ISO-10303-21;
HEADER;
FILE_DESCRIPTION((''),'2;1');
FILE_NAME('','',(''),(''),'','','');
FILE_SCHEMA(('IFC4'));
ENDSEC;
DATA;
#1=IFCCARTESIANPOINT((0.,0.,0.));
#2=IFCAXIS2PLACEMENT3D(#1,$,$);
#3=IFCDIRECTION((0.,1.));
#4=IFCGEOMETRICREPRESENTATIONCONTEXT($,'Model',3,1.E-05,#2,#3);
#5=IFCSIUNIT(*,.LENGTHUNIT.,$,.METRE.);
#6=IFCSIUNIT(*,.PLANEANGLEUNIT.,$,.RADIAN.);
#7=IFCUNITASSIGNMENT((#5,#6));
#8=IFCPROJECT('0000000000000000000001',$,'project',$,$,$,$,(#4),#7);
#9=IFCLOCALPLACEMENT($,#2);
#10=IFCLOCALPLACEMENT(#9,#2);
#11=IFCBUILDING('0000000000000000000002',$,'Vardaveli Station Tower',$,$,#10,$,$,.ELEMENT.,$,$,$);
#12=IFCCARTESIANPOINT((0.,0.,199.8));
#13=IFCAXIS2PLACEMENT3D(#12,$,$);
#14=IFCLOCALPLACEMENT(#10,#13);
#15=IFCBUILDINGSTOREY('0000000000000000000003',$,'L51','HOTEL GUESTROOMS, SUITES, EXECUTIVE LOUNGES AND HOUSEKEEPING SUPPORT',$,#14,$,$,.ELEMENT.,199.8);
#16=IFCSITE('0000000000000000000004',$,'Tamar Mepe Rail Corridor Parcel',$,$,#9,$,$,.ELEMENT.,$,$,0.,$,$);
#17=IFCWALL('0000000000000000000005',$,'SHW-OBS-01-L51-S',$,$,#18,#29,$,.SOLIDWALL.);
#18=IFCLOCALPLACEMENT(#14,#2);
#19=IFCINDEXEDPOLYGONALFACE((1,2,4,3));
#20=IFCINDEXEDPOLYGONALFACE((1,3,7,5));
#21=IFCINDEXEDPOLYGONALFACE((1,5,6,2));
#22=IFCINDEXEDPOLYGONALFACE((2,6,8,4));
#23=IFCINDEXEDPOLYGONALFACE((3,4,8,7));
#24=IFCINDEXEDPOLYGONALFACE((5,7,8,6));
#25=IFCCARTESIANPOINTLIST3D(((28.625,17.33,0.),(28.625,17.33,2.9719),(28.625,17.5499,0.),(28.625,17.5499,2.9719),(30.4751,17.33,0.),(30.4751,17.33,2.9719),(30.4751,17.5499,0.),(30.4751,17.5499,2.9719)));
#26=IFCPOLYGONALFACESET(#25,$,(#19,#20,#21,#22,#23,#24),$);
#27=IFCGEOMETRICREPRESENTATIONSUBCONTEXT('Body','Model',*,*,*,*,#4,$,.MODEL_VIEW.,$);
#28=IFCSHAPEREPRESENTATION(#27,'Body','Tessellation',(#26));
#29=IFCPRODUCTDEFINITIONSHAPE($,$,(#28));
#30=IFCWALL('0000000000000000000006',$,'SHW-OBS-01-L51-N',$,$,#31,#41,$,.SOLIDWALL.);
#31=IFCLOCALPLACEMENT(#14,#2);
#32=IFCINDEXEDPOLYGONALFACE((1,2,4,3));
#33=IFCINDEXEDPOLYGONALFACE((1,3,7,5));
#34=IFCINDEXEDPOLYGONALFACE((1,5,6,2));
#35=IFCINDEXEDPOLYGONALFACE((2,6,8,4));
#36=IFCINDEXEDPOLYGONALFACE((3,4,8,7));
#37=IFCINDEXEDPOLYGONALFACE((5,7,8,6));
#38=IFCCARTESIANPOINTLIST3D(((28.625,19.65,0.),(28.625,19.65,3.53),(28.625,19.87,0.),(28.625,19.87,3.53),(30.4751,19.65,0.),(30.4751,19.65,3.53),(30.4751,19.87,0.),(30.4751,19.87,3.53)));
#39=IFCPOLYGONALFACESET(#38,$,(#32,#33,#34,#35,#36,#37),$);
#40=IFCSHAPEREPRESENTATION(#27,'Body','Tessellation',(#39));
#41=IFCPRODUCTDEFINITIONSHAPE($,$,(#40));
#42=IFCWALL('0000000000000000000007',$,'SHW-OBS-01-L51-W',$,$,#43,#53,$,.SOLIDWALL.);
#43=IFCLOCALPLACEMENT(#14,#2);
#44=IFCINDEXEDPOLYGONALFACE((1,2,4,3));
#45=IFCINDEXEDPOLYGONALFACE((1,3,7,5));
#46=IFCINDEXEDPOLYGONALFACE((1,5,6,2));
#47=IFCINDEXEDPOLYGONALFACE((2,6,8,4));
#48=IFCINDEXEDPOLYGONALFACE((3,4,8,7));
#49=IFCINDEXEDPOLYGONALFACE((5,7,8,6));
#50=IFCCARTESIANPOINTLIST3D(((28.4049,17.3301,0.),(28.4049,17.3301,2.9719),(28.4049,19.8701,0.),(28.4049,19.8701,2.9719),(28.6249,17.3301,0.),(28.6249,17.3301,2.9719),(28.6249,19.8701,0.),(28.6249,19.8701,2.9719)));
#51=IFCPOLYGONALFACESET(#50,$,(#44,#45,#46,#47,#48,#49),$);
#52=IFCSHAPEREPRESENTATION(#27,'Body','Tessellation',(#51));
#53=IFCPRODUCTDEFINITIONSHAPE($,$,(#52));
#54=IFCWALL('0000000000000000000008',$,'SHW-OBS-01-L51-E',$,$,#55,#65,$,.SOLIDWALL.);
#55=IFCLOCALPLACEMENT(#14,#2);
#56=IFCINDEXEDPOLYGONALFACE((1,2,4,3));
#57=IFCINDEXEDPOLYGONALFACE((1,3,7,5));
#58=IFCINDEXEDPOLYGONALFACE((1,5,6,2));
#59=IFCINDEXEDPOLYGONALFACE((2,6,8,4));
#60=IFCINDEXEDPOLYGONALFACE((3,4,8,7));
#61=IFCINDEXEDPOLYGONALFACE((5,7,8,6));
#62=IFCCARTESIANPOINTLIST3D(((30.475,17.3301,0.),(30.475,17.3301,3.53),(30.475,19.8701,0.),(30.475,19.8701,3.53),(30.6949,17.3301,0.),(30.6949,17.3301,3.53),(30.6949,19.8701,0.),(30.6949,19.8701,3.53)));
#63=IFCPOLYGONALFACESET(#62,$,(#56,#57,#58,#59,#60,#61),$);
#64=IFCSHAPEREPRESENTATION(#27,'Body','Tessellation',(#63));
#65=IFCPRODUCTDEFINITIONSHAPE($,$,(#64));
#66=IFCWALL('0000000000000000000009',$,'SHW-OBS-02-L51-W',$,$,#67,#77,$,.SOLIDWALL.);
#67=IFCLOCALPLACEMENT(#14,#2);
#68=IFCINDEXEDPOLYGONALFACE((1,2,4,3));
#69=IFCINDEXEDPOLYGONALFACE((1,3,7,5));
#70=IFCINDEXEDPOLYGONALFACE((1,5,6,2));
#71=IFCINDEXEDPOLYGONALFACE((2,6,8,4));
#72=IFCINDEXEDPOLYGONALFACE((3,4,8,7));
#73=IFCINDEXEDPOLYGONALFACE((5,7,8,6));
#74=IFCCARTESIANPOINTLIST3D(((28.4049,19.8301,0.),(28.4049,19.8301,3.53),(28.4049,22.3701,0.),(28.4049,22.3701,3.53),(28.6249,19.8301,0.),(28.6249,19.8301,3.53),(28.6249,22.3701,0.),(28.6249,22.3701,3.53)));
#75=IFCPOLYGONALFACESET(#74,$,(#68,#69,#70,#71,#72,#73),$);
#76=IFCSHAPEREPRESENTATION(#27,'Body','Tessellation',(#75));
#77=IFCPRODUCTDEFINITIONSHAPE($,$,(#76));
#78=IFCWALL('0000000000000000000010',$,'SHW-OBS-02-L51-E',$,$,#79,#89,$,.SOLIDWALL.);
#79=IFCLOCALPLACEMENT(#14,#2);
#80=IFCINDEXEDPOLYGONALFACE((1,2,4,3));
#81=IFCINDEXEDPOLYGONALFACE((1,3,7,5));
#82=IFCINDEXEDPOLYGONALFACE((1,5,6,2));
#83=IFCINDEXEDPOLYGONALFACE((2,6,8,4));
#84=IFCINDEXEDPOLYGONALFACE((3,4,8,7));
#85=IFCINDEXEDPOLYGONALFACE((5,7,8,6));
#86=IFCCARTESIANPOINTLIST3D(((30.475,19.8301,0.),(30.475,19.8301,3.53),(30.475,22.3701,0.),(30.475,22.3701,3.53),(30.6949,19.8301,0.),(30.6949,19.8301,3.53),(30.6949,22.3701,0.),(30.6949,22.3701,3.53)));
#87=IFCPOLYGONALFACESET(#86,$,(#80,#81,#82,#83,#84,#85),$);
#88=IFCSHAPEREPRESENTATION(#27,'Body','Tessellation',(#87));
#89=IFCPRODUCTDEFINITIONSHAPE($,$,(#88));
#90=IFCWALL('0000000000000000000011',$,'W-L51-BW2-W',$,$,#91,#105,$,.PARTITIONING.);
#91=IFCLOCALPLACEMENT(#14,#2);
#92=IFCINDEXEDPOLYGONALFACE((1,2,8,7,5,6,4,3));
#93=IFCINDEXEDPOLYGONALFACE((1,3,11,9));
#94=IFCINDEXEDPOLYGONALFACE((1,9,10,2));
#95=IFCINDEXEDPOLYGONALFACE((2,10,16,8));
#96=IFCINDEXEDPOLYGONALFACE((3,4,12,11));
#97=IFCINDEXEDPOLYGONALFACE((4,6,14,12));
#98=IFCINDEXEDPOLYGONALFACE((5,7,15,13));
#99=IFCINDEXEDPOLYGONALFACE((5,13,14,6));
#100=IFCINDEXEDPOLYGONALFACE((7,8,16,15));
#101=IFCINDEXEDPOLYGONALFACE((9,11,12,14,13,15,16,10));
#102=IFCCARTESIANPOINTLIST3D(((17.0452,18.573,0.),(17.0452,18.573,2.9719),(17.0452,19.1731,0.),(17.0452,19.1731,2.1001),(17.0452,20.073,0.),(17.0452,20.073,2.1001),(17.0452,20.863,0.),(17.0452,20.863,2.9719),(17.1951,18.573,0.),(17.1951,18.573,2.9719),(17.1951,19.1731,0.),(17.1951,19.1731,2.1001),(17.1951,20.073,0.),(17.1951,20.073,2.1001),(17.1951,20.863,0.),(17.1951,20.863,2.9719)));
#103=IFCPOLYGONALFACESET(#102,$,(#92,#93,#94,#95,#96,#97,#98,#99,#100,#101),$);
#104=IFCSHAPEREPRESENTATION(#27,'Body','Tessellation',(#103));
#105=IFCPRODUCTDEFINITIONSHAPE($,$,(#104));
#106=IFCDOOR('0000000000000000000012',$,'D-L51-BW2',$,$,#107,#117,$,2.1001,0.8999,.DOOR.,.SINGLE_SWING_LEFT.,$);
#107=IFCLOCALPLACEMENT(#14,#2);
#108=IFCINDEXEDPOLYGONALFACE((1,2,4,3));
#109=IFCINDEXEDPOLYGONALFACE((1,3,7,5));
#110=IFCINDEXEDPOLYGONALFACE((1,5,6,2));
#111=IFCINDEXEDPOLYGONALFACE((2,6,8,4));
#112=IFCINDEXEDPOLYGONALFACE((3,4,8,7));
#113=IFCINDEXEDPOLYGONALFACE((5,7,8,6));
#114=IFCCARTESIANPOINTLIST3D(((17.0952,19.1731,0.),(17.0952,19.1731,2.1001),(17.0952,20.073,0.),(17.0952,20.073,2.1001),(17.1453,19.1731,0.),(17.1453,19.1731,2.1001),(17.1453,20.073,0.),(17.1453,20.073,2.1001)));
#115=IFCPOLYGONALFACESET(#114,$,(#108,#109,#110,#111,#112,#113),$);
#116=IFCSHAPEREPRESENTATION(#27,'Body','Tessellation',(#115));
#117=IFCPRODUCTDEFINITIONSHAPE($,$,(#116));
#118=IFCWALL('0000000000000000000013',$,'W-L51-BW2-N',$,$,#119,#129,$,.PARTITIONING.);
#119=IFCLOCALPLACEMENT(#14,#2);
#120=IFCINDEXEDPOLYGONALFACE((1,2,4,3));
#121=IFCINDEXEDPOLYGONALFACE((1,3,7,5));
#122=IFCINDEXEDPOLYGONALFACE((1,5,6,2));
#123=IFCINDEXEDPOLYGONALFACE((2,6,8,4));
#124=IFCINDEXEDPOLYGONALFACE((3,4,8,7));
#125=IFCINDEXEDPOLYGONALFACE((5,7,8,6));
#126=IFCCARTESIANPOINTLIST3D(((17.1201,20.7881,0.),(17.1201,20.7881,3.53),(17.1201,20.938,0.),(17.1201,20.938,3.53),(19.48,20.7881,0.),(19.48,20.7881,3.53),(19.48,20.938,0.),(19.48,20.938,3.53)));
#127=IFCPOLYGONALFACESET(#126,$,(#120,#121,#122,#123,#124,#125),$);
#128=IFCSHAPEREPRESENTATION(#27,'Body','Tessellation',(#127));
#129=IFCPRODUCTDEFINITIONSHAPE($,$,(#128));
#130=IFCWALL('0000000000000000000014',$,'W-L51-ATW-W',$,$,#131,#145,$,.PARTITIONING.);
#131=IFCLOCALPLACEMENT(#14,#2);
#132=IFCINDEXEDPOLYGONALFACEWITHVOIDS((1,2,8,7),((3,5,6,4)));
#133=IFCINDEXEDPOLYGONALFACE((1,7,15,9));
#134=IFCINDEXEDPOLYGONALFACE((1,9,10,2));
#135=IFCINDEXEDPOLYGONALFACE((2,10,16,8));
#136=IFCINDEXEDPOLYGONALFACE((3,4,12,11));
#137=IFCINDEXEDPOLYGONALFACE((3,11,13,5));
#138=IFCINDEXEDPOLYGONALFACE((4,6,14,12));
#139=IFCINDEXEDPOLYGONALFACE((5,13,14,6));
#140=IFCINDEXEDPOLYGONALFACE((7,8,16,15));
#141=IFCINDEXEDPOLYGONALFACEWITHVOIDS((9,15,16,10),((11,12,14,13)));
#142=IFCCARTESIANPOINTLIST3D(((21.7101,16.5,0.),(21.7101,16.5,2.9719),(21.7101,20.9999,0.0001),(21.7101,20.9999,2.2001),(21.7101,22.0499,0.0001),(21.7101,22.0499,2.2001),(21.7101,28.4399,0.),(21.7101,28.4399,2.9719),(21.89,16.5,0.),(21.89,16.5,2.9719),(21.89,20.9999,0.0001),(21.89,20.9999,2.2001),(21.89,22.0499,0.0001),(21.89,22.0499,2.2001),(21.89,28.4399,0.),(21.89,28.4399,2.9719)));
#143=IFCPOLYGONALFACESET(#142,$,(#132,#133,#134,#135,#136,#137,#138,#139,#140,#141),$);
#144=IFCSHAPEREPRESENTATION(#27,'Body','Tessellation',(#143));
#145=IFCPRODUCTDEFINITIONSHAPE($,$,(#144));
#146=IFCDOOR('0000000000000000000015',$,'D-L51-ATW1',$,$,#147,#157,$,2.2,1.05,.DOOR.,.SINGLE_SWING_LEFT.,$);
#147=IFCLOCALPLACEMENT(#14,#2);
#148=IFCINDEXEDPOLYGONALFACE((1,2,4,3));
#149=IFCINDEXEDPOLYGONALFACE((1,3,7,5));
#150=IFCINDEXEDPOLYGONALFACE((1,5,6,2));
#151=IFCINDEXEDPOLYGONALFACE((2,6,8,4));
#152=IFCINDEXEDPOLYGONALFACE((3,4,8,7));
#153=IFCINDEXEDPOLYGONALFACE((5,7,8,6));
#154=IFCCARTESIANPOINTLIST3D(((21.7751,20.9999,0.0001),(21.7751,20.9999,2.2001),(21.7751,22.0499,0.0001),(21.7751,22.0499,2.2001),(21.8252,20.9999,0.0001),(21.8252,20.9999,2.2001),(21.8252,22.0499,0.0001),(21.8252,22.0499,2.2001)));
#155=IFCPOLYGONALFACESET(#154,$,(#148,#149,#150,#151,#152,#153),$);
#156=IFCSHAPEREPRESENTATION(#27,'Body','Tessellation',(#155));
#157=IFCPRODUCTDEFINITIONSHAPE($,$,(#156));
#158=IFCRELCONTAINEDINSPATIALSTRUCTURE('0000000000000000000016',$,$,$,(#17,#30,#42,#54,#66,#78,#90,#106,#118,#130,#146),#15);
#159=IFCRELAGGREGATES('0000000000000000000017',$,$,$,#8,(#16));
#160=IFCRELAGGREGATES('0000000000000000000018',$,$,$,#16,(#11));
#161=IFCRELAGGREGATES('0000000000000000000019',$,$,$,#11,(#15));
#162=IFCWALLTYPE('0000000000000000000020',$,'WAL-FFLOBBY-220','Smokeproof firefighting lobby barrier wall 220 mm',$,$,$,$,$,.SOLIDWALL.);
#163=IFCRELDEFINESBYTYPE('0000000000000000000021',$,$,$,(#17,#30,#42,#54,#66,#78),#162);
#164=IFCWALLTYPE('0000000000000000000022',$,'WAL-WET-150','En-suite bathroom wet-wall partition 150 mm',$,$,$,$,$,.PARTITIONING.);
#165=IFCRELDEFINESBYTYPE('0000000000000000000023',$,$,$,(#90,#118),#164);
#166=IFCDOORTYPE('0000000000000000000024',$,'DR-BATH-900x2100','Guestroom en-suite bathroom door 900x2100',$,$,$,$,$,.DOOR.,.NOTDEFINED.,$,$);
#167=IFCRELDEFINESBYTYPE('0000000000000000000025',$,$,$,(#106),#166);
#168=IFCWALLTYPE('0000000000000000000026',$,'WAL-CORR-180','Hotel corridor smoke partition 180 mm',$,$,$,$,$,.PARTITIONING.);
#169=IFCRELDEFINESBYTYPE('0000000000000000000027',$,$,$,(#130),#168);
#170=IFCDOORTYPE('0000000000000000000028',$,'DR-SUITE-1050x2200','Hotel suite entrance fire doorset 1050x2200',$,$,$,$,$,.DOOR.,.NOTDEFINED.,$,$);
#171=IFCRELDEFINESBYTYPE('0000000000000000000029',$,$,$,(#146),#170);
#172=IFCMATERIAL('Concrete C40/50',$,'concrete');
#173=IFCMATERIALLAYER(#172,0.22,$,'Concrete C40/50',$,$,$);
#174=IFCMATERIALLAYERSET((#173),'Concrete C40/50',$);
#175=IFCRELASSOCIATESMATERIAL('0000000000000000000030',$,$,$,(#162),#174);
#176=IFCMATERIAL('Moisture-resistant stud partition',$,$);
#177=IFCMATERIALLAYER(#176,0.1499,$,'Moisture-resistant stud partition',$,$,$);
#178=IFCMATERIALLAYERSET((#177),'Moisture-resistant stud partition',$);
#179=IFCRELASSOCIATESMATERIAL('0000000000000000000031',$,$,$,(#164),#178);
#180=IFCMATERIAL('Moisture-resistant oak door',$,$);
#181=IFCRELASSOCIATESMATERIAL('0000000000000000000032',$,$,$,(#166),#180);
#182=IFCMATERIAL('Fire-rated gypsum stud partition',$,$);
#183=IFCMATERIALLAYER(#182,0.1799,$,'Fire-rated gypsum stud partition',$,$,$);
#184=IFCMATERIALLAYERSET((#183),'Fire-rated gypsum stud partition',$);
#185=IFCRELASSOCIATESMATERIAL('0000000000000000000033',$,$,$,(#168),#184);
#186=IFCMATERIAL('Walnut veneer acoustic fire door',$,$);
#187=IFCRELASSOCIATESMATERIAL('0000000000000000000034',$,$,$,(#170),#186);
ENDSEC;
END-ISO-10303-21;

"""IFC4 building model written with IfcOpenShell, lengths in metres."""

from ifc_helpers import new_model, si_unit, direction, frame, frame_2d, origin, place, context, subcontext, project, spatial, rectangle, extrude, source, transform, mapped, material, layer, layer_set, type_object, element, fill, save


model = new_model("IFC4")

# Units and contexts
model_context = context("Model", 3, precision=1e-05, world=origin(), true_north=direction((0.0, 1.0)))
body_context = subcontext(model_context, "Body", "Model", "MODEL_VIEW")
ifc_project = project(units=[si_unit("LENGTHUNIT", "METRE"), si_unit("PLANEANGLEUNIT", "RADIAN")], contexts=[model_context])

# Site, building, storey
site_placement = place(None, origin())
site = spatial("IfcSite", under=ifc_project, at=site_placement, Name="Tamar Mepe Rail Corridor Parcel", CompositionType="ELEMENT", RefElevation=0.0)
building_placement = place(site_placement, origin())
building = spatial("IfcBuilding", under=site, at=building_placement, Name="Vardaveli Station Tower", CompositionType="ELEMENT")
storey_placement = place(building_placement, frame((0.0, 0.0, 199.8)))
storey = spatial("IfcBuildingStorey", under=building, at=storey_placement, Name="L51", Description="HOTEL GUESTROOMS, SUITES, EXECUTIVE LOUNGES AND HOUSEKEEPING SUPPORT", CompositionType="ELEMENT", Elevation=199.8)

# Walls
ifc_material_1 = material(Name="Concrete C40/50", Category="concrete")
ifc_layer_1 = layer(ifc_material_1, 0.22, Name="Concrete C40/50")
ifc_layer_set_1 = layer_set([ifc_layer_1], Name="Concrete C40/50")
wall_type_1 = type_object("IfcWallType", Name="WAL-FFLOBBY-220", Description="Smokeproof firefighting lobby barrier wall 220 mm", PredefinedType="SOLIDWALL", material=ifc_layer_set_1)
shared_shape_1 = source(origin(), body_context, "Body", "SweptSolid", [
    extrude(rectangle(XDim=1.8501, YDim=0.22, at=frame_2d((0.925, 0.0))), origin(), (0.0, 0.0, 1.0), 2.9719),
])
wall_1_placement = place(storey_placement, frame((28.625, 17.4399, 0.0), z_axis=(0.0, 0.0, 1.0), x_axis=(1.0, 0.0, 0.0)))
element("IfcWall", 1, at=wall_1_placement, inside=storey, type_object=wall_type_1, Name="SHW-OBS-01-L51-S", PredefinedType="SOLIDWALL", context=body_context, shape_type="MappedRepresentation", body=[
    mapped(shared_shape_1, transform((0.0, 0.0, 0.0), scale=1.0)),
])
shared_shape_2 = source(origin(), body_context, "Body", "SweptSolid", [
    extrude(rectangle(XDim=1.8501, YDim=0.22, at=frame_2d((0.925, 0.0))), origin(), (0.0, 0.0, 1.0), 3.53),
])
wall_2_placement = place(storey_placement, frame((28.625, 19.76, 0.0), z_axis=(0.0, 0.0, 1.0), x_axis=(1.0, 0.0, 0.0)))
element("IfcWall", 2, at=wall_2_placement, inside=storey, type_object=wall_type_1, Name="SHW-OBS-01-L51-N", PredefinedType="SOLIDWALL", context=body_context, shape_type="MappedRepresentation", body=[
    mapped(shared_shape_2, transform((0.0, 0.0, 0.0), scale=1.0)),
])
shared_shape_3 = source(origin(), body_context, "Body", "SweptSolid", [
    extrude(rectangle(XDim=2.54, YDim=0.22, at=frame_2d((1.27, 0.0))), origin(), (0.0, 0.0, 1.0), 2.9719),
])
wall_3_placement = place(storey_placement, frame((28.5149, 17.3301, 0.0), z_axis=(0.0, 0.0, 1.0), x_axis=(0.0, 1.0, 0.0)))
element("IfcWall", 3, at=wall_3_placement, inside=storey, type_object=wall_type_1, Name="SHW-OBS-01-L51-W", PredefinedType="SOLIDWALL", context=body_context, shape_type="MappedRepresentation", body=[
    mapped(shared_shape_3, transform((0.0, 0.0, 0.0), scale=1.0)),
])
shared_shape_4 = source(origin(), body_context, "Body", "SweptSolid", [
    extrude(rectangle(XDim=2.54, YDim=0.22, at=frame_2d((1.27, 0.0))), origin(), (0.0, 0.0, 1.0), 3.53),
])
for number, where, z_axis, x_axis, name in (
    (4, (30.585, 17.3301, 0.0), (0.0, 0.0, 1.0), (0.0, 1.0, 0.0), "SHW-OBS-01-L51-E"),
    (5, (28.5149, 19.8301, 0.0), (0.0, 0.0, 1.0), (0.0, 1.0, 0.0), "SHW-OBS-02-L51-W"),
    (6, (30.585, 19.8301, 0.0), (0.0, 0.0, 1.0), (0.0, 1.0, 0.0), "SHW-OBS-02-L51-E"),
):
    element("IfcWall", number, at=place(storey_placement, frame(where, z_axis=z_axis, x_axis=x_axis)), inside=storey, type_object=wall_type_1, Name=name, PredefinedType="SOLIDWALL", context=body_context, shape_type="MappedRepresentation", body=[
        mapped(shared_shape_4, transform((0.0, 0.0, 0.0), scale=1.0)),
    ])

# Wall, opening, door
ifc_material_2 = material(Name="Moisture-resistant stud partition")
ifc_layer_2 = layer(ifc_material_2, 0.1499, Name="Moisture-resistant stud partition")
ifc_layer_set_2 = layer_set([ifc_layer_2], Name="Moisture-resistant stud partition")
wall_type_2 = type_object("IfcWallType", Name="WAL-WET-150", Description="En-suite bathroom wet-wall partition 150 mm", PredefinedType="PARTITIONING", material=ifc_layer_set_2)
shared_shape_5 = source(origin(), body_context, "Body", "SweptSolid", [
    extrude(rectangle(XDim=2.29, YDim=0.1499, at=frame_2d((1.145, 0.0))), origin(), (0.0, 0.0, 1.0), 2.9719),
])
wall_4_placement = place(storey_placement, frame((17.1201, 18.573, 0.0), z_axis=(0.0, 0.0, 1.0), x_axis=(0.0, 1.0, 0.0)))
wall_4 = element("IfcWall", 7, at=wall_4_placement, inside=storey, type_object=wall_type_2, Name="W-L51-BW2-W", PredefinedType="PARTITIONING", context=body_context, shape_type="MappedRepresentation", body=[
    mapped(shared_shape_5, transform((0.0, 0.0, 0.0), scale=1.0)),
])
shared_shape_6 = source(origin(), body_context, "Body", "SweptSolid", [
    extrude(rectangle(XDim=0.8999, YDim=2.1001, at=frame_2d((0.45, 1.05))), frame((0.0, 0.085, 0.0), z_axis=(0.0, -1.0, 0.0), x_axis=(1.0, 0.0, 0.0)), (0.0, 0.0, 1.0), 0.1699),
])
opening_1_placement = place(wall_4_placement, frame((0.6001, 0.0, 0.0)))
opening_1 = element("IfcOpeningElement", 8, at=opening_1_placement, cuts=wall_4, PredefinedType="OPENING", context=body_context, shape_type="MappedRepresentation", body=[
    mapped(shared_shape_6, transform((0.0, 0.0, 0.0), scale=1.0)),
])
ifc_material_3 = material(Name="Moisture-resistant oak door")
door_type_1 = type_object("IfcDoorType", Name="DR-BATH-900x2100", Description="Guestroom en-suite bathroom door 900x2100", OperationType="NOTDEFINED", PredefinedType="DOOR", material=ifc_material_3)
shared_shape_7 = source(origin(), body_context, "Body", "SweptSolid", [
    extrude(rectangle(XDim=0.8999, YDim=2.1001, at=frame_2d((0.45, 1.05))), frame((0.0, 0.0249, 0.0), z_axis=(0.0, -1.0, 0.0), x_axis=(1.0, 0.0, 0.0)), (0.0, 0.0, 1.0), 0.05),
])
door_1_placement = place(opening_1_placement, origin())
door_1 = element("IfcDoor", 9, at=door_1_placement, inside=storey, type_object=door_type_1, Name="D-L51-BW2", OperationType="SINGLE_SWING_LEFT", OverallHeight=2.1001, OverallWidth=0.8999, PredefinedType="DOOR", context=body_context, shape_type="MappedRepresentation", body=[
    mapped(shared_shape_7, transform((0.0, 0.0, 0.0), scale=1.0)),
])
fill(opening_1, door_1)

# Wall
shared_shape_8 = source(origin(), body_context, "Body", "SweptSolid", [
    extrude(rectangle(XDim=2.3599, YDim=0.1499, at=frame_2d((1.1799, 0.0))), origin(), (0.0, 0.0, 1.0), 3.53),
])
wall_5_placement = place(storey_placement, frame((17.1201, 20.863, 0.0), z_axis=(0.0, 0.0, 1.0), x_axis=(1.0, 0.0, 0.0)))
element("IfcWall", 10, at=wall_5_placement, inside=storey, type_object=wall_type_2, Name="W-L51-BW2-N", PredefinedType="PARTITIONING", context=body_context, shape_type="MappedRepresentation", body=[
    mapped(shared_shape_8, transform((0.0, 0.0, 0.0), scale=1.0)),
])

# Wall, opening, door
ifc_material_4 = material(Name="Fire-rated gypsum stud partition")
ifc_layer_3 = layer(ifc_material_4, 0.1799, Name="Fire-rated gypsum stud partition")
ifc_layer_set_3 = layer_set([ifc_layer_3], Name="Fire-rated gypsum stud partition")
wall_type_3 = type_object("IfcWallType", Name="WAL-CORR-180", Description="Hotel corridor smoke partition 180 mm", PredefinedType="PARTITIONING", material=ifc_layer_set_3)
shared_shape_9 = source(origin(), body_context, "Body", "SweptSolid", [
    extrude(rectangle(XDim=11.9399, YDim=0.1799, at=frame_2d((5.97, 0.0))), origin(), (0.0, 0.0, 1.0), 2.9719),
])
wall_6_placement = place(storey_placement, frame((21.8, 16.5, 0.0), z_axis=(0.0, 0.0, 1.0), x_axis=(0.0, 1.0, 0.0)))
wall_6 = element("IfcWall", 11, at=wall_6_placement, inside=storey, type_object=wall_type_3, Name="W-L51-ATW-W", PredefinedType="PARTITIONING", context=body_context, shape_type="MappedRepresentation", body=[
    mapped(shared_shape_9, transform((0.0, 0.0, 0.0), scale=1.0)),
])
shared_shape_10 = source(origin(), body_context, "Body", "SweptSolid", [
    extrude(rectangle(XDim=1.05, YDim=2.2, at=frame_2d((0.5249, 1.1001))), frame((0.0, 0.1001, 0.0), z_axis=(0.0, -1.0, 0.0), x_axis=(1.0, 0.0, 0.0)), (0.0, 0.0, 1.0), 0.2),
])
opening_2_placement = place(wall_6_placement, frame((4.5, 0.0, 0.0)))
opening_2 = element("IfcOpeningElement", 12, at=opening_2_placement, cuts=wall_6, PredefinedType="OPENING", context=body_context, shape_type="MappedRepresentation", body=[
    mapped(shared_shape_10, transform((0.0, 0.0, 0.0), scale=1.0)),
])
ifc_material_5 = material(Name="Walnut veneer acoustic fire door")
door_type_2 = type_object("IfcDoorType", Name="DR-SUITE-1050x2200", Description="Hotel suite entrance fire doorset 1050x2200", OperationType="NOTDEFINED", PredefinedType="DOOR", material=ifc_material_5)
shared_shape_11 = source(origin(), body_context, "Body", "SweptSolid", [
    extrude(rectangle(XDim=1.05, YDim=2.2, at=frame_2d((0.5249, 1.1001))), frame((0.0, 0.0249, 0.0), z_axis=(0.0, -1.0, 0.0), x_axis=(1.0, 0.0, 0.0)), (0.0, 0.0, 1.0), 0.05),
])
door_2_placement = place(opening_2_placement, origin())
door_2 = element("IfcDoor", 13, at=door_2_placement, inside=storey, type_object=door_type_2, Name="D-L51-ATW1", OperationType="SINGLE_SWING_LEFT", OverallHeight=2.2, OverallWidth=1.05, PredefinedType="DOOR", context=body_context, shape_type="MappedRepresentation", body=[
    mapped(shared_shape_11, transform((0.0, 0.0, 0.0), scale=1.0)),
])
fill(opening_2, door_2)

save(model, "model.ifc")
